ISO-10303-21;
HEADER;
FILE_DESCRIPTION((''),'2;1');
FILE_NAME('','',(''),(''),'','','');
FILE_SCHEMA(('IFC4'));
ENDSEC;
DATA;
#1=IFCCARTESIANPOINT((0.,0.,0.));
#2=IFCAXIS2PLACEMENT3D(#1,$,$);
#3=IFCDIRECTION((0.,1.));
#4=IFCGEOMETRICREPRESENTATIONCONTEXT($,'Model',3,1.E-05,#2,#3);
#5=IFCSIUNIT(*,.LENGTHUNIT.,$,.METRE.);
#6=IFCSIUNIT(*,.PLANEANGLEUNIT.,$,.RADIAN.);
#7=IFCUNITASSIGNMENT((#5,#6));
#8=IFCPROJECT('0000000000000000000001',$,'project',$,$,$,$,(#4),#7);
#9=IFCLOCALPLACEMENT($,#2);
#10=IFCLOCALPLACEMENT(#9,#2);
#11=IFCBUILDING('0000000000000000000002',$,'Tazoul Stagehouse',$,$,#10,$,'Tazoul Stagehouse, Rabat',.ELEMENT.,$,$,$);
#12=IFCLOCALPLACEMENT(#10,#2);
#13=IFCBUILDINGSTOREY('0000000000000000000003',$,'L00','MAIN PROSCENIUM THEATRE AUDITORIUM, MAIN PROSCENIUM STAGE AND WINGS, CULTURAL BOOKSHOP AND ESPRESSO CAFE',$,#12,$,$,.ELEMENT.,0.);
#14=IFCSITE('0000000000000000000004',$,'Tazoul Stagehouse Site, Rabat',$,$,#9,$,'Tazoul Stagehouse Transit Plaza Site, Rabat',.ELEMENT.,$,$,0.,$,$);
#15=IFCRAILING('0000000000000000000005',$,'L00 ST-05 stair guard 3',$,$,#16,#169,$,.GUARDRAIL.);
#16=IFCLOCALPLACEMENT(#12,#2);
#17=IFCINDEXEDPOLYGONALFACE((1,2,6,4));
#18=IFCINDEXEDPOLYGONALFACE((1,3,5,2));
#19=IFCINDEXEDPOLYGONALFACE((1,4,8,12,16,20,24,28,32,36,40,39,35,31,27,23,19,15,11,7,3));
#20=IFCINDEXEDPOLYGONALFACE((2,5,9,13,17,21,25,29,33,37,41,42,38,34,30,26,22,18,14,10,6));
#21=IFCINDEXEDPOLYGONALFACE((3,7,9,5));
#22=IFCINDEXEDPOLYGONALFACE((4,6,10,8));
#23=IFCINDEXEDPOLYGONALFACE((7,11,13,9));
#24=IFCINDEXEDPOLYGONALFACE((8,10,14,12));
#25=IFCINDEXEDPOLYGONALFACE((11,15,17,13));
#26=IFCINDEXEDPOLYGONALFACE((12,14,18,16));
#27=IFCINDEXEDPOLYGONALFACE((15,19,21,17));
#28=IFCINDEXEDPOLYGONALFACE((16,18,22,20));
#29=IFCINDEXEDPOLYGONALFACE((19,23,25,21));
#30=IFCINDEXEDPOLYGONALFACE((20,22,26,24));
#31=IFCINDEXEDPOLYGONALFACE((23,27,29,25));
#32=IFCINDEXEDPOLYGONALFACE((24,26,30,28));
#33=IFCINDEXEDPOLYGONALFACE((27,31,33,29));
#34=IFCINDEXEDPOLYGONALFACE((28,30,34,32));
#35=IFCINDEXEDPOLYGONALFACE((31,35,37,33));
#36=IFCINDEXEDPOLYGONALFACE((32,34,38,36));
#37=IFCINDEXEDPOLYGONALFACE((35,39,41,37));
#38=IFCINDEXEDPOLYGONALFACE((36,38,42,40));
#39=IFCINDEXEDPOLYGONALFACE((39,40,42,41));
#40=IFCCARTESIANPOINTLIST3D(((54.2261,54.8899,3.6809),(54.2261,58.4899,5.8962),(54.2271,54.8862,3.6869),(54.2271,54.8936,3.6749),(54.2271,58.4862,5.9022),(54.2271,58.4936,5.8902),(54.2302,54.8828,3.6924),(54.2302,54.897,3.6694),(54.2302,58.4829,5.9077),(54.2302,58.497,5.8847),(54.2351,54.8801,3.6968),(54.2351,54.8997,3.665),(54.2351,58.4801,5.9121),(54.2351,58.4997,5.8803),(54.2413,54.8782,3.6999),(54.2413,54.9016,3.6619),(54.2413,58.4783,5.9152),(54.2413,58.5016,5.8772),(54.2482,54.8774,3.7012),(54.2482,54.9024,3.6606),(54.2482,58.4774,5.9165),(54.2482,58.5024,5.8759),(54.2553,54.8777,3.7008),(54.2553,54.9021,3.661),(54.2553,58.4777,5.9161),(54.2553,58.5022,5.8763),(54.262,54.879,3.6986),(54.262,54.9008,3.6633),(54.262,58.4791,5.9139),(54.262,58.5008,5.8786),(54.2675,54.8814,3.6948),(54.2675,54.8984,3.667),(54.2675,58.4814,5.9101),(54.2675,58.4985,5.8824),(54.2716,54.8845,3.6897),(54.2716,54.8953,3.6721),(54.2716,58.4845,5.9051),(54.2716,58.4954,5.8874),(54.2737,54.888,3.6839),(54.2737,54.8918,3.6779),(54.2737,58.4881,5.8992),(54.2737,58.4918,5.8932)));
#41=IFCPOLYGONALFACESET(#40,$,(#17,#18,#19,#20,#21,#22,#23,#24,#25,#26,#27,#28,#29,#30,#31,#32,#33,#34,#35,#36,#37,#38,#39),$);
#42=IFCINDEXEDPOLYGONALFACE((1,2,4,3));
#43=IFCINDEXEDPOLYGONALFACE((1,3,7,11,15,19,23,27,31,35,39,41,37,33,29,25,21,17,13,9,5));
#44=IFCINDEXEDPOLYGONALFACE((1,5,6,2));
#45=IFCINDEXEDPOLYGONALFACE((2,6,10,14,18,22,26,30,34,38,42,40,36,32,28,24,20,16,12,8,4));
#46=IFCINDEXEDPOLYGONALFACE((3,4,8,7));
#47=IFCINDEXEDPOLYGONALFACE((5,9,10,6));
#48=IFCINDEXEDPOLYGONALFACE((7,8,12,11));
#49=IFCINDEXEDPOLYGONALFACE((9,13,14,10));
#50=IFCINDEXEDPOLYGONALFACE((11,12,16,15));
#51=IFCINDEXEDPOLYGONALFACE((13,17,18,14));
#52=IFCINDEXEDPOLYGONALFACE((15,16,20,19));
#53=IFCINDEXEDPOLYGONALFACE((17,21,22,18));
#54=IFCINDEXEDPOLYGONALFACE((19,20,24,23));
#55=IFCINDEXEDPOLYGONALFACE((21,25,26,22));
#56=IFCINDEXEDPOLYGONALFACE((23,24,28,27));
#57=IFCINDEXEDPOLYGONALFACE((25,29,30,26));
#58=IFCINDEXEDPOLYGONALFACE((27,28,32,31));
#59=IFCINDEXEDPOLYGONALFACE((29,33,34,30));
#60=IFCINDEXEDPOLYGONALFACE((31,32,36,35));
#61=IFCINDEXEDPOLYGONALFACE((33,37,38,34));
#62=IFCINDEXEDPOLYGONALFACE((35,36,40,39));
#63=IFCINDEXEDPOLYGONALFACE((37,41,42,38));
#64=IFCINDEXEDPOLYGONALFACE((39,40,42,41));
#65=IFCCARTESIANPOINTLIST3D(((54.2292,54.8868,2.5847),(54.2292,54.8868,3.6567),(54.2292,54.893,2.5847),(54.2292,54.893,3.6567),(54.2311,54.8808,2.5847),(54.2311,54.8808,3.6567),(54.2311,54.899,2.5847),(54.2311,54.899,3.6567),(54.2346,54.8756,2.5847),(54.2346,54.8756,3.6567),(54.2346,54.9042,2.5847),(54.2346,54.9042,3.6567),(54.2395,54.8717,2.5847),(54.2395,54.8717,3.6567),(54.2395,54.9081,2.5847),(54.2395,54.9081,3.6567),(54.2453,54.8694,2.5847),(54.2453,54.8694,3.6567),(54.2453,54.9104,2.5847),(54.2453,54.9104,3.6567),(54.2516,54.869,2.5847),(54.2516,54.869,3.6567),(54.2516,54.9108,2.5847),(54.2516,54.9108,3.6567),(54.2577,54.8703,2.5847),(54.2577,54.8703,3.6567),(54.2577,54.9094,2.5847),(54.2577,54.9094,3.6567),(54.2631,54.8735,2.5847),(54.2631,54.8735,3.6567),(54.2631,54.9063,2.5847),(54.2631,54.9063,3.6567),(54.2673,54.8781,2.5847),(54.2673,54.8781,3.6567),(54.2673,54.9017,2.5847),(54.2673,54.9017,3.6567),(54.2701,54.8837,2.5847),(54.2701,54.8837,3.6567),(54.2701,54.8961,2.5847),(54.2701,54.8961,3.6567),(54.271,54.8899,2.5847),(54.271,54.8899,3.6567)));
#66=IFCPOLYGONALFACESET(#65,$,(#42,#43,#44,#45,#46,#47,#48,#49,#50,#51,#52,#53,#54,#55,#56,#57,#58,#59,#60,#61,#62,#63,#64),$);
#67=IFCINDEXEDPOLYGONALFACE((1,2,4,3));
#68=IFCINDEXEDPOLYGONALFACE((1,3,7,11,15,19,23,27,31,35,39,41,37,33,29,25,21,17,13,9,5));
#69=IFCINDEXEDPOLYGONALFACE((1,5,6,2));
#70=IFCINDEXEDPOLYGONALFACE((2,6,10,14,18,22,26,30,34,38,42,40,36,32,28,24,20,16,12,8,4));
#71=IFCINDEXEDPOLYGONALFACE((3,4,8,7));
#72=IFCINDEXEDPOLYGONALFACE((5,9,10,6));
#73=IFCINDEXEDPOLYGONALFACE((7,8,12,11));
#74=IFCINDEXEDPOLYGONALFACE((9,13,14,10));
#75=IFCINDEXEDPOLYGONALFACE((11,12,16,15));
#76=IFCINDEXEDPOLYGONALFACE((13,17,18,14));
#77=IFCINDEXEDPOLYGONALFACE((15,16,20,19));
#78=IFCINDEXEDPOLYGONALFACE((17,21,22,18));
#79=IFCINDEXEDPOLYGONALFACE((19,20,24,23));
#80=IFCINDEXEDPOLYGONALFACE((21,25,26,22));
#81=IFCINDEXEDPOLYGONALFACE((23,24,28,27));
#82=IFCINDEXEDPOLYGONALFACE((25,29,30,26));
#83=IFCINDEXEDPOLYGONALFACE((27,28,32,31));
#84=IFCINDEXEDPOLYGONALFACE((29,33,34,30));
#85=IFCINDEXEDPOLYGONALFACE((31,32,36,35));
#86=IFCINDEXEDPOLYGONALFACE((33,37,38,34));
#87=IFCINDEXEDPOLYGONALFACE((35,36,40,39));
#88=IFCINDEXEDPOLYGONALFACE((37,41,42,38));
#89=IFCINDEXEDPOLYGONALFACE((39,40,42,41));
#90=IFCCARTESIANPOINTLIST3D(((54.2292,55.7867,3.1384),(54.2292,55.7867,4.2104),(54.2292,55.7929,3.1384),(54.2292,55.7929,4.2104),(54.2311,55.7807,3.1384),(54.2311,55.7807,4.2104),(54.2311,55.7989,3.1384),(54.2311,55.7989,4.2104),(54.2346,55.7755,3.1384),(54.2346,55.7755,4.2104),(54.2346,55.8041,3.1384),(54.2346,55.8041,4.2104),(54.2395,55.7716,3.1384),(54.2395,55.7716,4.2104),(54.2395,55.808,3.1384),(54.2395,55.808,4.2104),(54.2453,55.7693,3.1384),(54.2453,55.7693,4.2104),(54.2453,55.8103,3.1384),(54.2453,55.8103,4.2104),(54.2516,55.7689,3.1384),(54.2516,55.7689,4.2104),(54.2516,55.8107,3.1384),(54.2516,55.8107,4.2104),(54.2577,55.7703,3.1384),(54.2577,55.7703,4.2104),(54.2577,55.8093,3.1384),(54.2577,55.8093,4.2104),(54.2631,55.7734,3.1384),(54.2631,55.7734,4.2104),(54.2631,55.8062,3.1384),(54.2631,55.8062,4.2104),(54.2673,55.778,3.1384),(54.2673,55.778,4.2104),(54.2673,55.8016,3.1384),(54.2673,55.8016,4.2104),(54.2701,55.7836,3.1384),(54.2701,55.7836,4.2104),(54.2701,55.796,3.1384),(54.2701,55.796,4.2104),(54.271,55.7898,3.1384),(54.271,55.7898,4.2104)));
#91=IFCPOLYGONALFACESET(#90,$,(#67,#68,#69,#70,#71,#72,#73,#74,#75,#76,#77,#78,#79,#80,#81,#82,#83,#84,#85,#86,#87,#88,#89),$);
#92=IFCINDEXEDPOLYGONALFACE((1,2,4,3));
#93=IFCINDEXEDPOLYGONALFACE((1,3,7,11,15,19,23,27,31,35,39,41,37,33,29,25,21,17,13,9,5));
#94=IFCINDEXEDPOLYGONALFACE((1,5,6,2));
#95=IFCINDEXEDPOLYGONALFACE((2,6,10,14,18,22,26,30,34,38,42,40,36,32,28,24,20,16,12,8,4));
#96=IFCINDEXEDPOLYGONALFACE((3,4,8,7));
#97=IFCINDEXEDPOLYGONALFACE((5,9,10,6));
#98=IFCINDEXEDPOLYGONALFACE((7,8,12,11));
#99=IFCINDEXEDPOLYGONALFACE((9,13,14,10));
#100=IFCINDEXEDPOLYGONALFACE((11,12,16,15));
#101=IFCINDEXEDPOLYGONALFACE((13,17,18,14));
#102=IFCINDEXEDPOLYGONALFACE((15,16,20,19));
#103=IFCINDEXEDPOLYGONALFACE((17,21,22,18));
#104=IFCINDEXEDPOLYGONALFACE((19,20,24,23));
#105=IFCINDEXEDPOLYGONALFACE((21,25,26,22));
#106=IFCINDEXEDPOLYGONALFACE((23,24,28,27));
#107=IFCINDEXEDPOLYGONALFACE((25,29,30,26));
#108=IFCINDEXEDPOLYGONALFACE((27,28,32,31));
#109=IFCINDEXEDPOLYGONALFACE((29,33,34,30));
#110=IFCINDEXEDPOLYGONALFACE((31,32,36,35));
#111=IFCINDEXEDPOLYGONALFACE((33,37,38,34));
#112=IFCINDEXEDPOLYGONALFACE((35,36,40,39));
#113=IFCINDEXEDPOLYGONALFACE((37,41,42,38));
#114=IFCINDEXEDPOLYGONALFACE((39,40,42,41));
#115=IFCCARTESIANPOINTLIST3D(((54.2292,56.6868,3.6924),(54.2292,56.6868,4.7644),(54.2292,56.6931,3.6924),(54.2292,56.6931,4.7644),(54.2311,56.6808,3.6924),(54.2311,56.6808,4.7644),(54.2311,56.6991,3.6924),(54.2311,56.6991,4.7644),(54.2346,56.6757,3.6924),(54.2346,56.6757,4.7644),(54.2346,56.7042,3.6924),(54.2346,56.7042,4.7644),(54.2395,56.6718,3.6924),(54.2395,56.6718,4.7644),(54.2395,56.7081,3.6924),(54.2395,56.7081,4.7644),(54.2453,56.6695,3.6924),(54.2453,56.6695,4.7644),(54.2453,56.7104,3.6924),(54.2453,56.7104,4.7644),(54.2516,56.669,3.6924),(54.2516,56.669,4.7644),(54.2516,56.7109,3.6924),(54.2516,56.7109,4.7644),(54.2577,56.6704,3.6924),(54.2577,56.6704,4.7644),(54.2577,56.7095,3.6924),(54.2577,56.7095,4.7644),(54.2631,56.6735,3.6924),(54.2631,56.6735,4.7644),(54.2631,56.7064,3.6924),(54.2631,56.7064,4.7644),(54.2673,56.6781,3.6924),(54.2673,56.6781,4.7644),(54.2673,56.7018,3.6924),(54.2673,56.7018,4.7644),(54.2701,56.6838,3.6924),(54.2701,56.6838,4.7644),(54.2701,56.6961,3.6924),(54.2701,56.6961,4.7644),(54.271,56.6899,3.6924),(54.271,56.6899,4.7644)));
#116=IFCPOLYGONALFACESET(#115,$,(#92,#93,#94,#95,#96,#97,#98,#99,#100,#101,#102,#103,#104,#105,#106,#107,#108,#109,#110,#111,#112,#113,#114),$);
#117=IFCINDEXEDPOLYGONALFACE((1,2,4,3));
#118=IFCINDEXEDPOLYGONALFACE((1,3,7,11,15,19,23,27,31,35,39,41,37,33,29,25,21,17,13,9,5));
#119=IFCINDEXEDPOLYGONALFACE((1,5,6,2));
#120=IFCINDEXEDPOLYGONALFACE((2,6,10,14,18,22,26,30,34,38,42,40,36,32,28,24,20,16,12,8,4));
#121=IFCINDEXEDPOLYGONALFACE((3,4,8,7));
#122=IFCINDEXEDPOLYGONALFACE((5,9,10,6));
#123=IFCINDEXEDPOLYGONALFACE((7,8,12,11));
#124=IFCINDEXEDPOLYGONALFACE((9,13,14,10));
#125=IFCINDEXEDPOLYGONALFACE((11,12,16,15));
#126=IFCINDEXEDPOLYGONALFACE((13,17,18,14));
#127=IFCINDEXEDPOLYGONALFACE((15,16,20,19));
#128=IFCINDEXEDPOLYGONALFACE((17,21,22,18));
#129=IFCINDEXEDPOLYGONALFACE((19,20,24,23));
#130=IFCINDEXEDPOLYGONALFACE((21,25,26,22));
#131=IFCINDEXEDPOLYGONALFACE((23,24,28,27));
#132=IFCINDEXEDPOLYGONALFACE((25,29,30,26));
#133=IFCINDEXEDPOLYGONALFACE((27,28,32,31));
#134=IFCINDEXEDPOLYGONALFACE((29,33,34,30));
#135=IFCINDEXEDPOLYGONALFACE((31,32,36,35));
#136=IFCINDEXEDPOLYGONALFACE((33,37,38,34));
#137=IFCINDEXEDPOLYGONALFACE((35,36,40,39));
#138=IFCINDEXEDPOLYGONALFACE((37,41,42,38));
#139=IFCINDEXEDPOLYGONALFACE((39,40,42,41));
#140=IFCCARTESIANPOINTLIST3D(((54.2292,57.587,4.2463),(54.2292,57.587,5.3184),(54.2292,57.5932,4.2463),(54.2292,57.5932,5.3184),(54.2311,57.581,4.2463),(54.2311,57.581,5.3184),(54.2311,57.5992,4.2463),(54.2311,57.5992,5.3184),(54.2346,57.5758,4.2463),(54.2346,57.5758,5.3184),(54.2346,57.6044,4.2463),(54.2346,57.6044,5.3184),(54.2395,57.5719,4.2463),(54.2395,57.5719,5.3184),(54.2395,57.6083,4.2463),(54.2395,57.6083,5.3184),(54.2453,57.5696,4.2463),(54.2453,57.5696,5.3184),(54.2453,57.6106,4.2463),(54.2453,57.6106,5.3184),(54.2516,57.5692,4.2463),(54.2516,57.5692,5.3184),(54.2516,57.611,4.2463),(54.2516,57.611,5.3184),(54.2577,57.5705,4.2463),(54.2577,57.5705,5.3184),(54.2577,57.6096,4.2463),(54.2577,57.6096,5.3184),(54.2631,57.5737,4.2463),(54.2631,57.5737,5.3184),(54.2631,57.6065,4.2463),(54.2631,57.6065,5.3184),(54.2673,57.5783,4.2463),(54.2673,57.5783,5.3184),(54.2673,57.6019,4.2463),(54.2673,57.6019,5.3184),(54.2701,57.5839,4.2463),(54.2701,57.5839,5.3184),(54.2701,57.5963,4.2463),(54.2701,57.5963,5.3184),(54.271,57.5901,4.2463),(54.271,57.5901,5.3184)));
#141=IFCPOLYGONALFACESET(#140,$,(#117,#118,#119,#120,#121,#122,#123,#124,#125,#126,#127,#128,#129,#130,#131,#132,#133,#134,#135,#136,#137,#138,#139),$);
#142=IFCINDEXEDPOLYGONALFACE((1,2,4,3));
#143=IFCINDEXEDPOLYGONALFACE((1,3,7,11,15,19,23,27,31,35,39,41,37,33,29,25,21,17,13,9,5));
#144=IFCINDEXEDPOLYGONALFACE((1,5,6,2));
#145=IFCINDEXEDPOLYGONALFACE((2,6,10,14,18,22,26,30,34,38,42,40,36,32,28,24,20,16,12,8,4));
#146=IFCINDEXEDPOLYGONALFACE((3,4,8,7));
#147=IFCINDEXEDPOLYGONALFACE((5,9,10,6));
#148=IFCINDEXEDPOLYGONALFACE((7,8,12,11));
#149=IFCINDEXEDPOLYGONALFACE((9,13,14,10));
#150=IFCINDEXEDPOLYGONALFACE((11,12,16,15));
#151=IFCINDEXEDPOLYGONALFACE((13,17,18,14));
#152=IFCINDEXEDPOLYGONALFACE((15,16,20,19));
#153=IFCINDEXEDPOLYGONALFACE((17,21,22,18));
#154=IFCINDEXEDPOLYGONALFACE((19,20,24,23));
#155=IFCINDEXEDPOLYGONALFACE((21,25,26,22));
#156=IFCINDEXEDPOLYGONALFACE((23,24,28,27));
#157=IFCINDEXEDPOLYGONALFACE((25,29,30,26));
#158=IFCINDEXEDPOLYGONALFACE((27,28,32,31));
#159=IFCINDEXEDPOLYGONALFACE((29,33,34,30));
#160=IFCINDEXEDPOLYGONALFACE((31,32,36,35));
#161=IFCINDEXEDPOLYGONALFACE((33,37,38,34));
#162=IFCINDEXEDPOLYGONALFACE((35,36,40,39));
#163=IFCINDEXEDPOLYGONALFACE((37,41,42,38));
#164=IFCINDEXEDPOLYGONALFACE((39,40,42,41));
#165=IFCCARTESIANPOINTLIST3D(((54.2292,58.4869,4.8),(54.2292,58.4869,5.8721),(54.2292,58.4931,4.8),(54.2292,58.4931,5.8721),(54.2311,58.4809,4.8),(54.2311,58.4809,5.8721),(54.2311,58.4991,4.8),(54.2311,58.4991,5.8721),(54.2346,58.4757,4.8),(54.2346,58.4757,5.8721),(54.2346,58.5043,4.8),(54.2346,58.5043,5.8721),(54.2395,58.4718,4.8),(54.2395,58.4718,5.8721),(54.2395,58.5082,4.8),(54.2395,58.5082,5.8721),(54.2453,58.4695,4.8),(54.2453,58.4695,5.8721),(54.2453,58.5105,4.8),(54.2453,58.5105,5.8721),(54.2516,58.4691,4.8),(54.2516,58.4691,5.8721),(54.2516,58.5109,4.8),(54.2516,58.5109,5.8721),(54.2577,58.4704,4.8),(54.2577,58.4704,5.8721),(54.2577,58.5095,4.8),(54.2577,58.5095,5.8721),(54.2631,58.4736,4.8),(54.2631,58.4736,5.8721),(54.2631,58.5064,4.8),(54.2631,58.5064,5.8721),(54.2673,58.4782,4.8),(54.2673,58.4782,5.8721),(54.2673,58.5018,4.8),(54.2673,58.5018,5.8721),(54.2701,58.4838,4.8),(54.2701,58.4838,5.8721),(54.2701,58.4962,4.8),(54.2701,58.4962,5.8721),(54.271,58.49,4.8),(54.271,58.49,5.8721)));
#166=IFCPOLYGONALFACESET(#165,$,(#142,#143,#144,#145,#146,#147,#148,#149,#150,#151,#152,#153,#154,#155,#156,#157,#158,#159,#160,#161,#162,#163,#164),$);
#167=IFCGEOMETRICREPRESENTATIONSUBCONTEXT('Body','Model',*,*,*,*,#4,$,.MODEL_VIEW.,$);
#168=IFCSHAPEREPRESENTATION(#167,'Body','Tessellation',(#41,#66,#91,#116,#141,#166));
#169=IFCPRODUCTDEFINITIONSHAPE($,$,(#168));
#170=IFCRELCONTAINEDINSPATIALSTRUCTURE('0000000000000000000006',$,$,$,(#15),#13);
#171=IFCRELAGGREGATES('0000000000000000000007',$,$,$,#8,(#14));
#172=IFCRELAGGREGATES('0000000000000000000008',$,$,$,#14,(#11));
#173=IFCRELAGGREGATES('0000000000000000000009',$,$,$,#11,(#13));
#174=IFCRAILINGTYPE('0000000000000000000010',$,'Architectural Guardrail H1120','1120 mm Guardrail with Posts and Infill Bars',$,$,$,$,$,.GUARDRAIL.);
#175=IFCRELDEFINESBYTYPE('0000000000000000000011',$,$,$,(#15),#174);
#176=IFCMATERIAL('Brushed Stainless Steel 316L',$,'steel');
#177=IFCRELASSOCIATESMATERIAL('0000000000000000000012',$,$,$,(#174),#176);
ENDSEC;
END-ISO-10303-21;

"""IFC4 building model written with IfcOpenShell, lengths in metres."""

from ifc_helpers import new_model, si_unit, direction, frame, origin, origin_2d, place, context, subcontext, project, spatial, circle, extrude, material, material_profile, profile_set, type_object, element, save


model = new_model("IFC4")

# Units and contexts
model_context = context("Model", 3, precision=1e-05, world=origin(), true_north=direction((0.0, 1.0)))
body_context = subcontext(model_context, "Body", "Model", "MODEL_VIEW")
ifc_project = project(units=[si_unit("LENGTHUNIT", "METRE"), si_unit("PLANEANGLEUNIT", "RADIAN")], contexts=[model_context])

# Site, building, storey
site_placement = place(None, origin())
site = spatial("IfcSite", under=ifc_project, at=site_placement, Name="Tazoul Stagehouse Site, Rabat", LongName="Tazoul Stagehouse Transit Plaza Site, Rabat", CompositionType="ELEMENT", RefElevation=0.0)
building_placement = place(site_placement, origin())
building = spatial("IfcBuilding", under=site, at=building_placement, Name="Tazoul Stagehouse", LongName="Tazoul Stagehouse, Rabat", CompositionType="ELEMENT")
storey_placement = place(building_placement, origin())
storey = spatial("IfcBuildingStorey", under=building, at=storey_placement, Name="L00", Description="MAIN PROSCENIUM THEATRE AUDITORIUM, MAIN PROSCENIUM STAGE AND WINGS, CULTURAL BOOKSHOP AND ESPRESSO CAFE", CompositionType="ELEMENT", Elevation=0.0)

# Railing
ifc_material_1 = material(Name="Brushed Stainless Steel 316L", Category="steel")
ifc_material_profile_1 = material_profile(ifc_material_1, circle(Radius=0.0239, at=origin_2d()), Name="SS RAIL D48")
ifc_profile_set_1 = profile_set([ifc_material_profile_1], Name="Brushed Stainless Steel 316L")
railing_type_1 = type_object("IfcRailingType", Name="Architectural Guardrail H1120", Description="1120 mm Guardrail with Posts and Infill Bars", PredefinedType="GUARDRAIL", material=ifc_profile_set_1)
railing_1_placement = place(storey_placement, frame((54.25, 54.8899, 2.5847)))
element("IfcRailing", 1, at=railing_1_placement, inside=storey, type_object=railing_type_1, Name="L00 ST-05 stair guard 3", PredefinedType="GUARDRAIL", context=body_context, shape_type="SweptSolid", body=[
    extrude(circle(Radius=0.0239, at=origin_2d()), frame((0.0, 0.0, 1.0962), z_axis=(0.0, 0.85167, 0.524078), x_axis=(-1.0, 0.0, 0.0)), (0.0, 0.0, 1.0), 4.2271),
    extrude(circle(Radius=0.021, at=origin_2d()), origin(), (0.0, 0.0, 1.0), 1.072),
    extrude(circle(Radius=0.021, at=origin_2d()), frame((0.0, 0.8999, 0.5537)), (0.0, 0.0, 1.0), 1.072),
    extrude(circle(Radius=0.021, at=origin_2d()), frame((0.0, 1.8, 1.1077)), (0.0, 0.0, 1.0), 1.072),
    extrude(circle(Radius=0.021, at=origin_2d()), frame((0.0, 2.7002, 1.6616)), (0.0, 0.0, 1.0), 1.072),
    extrude(circle(Radius=0.021, at=origin_2d()), frame((0.0, 3.6001, 2.2153)), (0.0, 0.0, 1.0), 1.072),
])

save(model, "model.ifc")
